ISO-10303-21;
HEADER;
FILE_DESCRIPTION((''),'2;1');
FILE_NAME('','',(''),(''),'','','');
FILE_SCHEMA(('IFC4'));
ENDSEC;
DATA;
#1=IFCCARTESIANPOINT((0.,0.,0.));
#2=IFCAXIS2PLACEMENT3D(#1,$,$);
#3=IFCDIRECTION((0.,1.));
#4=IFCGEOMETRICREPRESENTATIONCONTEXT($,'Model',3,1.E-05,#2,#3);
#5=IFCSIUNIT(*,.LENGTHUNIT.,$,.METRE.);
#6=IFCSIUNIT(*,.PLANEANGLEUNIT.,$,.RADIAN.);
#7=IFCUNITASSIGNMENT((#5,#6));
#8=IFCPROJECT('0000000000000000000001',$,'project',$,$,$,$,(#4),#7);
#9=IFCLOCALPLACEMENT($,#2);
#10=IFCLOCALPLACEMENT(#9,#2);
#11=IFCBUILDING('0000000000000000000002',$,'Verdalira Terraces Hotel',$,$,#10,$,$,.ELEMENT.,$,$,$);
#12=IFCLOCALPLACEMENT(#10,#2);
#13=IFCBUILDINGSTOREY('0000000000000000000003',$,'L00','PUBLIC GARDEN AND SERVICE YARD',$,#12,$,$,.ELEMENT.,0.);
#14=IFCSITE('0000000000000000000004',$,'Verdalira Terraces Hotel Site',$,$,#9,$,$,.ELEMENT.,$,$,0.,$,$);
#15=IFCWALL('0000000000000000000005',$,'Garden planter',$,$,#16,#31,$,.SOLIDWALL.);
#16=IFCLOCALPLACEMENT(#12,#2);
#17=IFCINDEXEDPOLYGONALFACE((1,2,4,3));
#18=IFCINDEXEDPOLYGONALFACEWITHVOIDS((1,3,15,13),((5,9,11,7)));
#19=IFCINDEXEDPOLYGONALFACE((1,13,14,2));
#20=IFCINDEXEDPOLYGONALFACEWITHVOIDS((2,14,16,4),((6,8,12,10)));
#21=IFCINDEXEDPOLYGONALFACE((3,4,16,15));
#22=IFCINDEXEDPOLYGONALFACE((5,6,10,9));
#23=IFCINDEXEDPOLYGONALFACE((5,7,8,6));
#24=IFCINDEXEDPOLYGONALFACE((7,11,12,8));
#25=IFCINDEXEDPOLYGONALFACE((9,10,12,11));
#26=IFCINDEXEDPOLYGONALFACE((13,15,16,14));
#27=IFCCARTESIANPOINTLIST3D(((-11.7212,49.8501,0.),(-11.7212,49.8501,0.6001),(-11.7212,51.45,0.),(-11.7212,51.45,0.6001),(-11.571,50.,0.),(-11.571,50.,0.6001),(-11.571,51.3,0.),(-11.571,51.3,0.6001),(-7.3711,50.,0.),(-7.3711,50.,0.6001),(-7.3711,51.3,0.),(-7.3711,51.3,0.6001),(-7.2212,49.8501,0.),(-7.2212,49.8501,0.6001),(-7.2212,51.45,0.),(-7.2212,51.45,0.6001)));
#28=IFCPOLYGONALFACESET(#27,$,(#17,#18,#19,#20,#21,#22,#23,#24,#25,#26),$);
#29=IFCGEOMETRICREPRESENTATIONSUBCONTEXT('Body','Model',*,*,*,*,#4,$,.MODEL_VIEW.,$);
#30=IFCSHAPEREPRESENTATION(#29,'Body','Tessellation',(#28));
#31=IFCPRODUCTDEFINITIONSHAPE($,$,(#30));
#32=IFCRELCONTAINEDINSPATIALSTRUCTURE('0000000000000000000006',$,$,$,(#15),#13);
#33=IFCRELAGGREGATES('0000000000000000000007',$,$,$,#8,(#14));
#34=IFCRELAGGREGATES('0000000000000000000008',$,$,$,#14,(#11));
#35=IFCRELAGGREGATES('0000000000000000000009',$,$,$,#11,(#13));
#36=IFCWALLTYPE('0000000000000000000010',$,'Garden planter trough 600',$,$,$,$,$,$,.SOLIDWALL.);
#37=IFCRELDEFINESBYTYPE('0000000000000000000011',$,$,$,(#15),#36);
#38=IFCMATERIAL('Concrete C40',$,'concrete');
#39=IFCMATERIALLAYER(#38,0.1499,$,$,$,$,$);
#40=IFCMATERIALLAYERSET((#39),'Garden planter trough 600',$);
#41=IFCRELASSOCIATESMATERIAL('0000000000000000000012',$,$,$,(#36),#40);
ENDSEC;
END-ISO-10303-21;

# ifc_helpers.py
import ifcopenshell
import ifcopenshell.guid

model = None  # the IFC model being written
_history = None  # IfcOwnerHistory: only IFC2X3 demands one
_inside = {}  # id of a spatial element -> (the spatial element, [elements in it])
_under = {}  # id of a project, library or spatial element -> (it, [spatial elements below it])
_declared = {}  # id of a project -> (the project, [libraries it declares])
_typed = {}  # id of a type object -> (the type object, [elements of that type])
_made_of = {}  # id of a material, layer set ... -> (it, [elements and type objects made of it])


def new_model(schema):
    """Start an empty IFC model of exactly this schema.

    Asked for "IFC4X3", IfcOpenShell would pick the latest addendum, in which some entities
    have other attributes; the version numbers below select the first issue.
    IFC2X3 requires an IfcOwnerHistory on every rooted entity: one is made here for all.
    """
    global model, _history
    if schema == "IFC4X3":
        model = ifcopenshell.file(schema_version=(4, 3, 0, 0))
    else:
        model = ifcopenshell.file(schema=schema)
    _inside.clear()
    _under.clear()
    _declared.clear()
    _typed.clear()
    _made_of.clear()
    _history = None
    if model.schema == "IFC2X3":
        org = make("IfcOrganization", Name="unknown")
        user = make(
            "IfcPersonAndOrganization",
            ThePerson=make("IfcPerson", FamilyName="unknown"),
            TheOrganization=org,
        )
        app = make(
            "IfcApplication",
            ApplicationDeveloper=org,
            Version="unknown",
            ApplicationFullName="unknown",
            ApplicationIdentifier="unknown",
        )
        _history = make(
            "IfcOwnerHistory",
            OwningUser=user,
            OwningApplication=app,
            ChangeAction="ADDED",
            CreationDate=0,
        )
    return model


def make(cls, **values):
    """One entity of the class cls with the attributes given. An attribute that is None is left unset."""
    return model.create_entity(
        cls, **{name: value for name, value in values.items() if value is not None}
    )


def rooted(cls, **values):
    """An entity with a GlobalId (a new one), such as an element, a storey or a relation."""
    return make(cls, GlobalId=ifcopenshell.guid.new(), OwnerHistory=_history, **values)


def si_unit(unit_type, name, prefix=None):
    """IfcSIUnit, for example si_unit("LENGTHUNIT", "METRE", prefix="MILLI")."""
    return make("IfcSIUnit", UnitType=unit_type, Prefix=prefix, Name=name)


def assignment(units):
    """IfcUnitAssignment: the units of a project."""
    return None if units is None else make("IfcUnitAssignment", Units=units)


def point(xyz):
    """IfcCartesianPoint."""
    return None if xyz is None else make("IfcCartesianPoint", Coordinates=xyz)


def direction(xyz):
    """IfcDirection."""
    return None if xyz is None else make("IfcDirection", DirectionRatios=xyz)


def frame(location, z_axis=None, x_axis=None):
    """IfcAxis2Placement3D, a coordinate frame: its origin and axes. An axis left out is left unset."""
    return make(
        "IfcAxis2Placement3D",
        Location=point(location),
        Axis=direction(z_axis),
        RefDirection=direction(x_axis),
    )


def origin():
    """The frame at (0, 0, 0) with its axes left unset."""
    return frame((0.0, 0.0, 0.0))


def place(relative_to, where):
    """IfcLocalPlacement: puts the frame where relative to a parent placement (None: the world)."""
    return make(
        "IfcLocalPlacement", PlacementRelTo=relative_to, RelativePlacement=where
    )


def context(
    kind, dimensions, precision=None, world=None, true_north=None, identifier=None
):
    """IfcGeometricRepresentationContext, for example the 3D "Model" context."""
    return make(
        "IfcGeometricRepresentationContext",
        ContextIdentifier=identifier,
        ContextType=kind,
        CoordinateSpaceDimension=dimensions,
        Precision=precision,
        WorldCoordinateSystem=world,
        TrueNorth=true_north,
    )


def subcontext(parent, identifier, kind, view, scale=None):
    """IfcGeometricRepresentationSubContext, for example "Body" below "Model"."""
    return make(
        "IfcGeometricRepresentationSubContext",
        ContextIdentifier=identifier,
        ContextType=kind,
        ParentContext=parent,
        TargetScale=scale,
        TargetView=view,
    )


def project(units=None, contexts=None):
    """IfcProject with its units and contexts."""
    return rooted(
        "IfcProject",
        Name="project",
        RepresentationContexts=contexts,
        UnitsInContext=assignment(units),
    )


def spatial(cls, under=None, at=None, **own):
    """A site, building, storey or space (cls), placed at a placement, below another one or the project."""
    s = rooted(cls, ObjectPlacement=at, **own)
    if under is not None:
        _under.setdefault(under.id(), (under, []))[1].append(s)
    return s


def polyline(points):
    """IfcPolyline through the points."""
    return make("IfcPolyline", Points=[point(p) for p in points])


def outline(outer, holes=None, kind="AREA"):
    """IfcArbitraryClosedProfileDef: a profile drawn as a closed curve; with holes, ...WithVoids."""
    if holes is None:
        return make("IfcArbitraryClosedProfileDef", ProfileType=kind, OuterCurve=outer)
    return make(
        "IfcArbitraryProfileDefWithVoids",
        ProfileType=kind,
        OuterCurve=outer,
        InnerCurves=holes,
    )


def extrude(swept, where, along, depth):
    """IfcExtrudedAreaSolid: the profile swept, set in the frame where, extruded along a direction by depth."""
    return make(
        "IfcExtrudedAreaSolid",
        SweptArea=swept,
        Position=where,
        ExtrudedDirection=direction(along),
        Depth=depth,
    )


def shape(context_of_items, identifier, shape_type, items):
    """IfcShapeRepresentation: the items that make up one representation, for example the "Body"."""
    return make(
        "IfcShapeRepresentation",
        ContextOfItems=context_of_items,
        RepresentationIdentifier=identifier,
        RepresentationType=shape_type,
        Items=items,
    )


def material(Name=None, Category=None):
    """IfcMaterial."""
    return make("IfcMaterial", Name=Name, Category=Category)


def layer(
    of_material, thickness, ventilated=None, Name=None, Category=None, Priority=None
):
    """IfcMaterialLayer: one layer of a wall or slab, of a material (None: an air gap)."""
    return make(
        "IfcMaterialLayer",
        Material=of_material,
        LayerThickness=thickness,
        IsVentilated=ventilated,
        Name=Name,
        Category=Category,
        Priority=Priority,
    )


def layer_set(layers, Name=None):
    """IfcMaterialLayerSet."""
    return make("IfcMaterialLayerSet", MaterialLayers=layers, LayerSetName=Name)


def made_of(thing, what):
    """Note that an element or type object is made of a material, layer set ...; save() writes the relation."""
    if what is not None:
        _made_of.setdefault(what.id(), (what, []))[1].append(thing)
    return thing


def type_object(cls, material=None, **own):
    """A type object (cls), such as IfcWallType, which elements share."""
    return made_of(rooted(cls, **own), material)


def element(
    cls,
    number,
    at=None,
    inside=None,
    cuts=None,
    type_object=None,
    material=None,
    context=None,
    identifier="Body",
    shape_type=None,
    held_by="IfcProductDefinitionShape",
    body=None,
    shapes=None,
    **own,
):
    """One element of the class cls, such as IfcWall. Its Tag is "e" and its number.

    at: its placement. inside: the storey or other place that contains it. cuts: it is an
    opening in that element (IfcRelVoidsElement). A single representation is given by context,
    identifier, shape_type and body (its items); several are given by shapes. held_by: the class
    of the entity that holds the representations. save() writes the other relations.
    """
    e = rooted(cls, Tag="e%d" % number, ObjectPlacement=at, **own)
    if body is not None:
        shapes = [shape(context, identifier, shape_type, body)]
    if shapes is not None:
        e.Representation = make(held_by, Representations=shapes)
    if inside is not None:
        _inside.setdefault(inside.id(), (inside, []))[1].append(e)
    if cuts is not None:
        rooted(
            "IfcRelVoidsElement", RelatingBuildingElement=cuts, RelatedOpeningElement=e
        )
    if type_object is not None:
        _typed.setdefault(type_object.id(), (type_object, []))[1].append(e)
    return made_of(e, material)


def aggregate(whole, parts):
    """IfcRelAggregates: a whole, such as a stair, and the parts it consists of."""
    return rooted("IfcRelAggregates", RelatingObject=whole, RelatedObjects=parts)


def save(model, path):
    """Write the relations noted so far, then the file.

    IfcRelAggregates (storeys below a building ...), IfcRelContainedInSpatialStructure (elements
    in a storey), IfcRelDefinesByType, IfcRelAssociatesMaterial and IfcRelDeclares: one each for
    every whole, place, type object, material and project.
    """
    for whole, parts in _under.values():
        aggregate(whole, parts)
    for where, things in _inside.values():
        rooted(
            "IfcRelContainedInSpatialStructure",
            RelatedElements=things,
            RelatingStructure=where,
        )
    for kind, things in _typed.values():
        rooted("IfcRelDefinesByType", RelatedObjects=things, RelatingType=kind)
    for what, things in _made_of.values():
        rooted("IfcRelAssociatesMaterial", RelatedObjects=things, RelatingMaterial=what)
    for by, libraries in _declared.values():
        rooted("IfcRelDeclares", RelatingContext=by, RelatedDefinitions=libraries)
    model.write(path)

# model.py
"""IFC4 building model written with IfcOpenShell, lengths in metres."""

from ifc_helpers import new_model, si_unit, direction, origin, place, context, subcontext, project, spatial, polyline, outline, extrude, material, layer, layer_set, type_object, element, save


model = new_model("IFC4")

# Units and contexts
model_context = context("Model", 3, precision=1e-05, world=origin(), true_north=direction((0.0, 1.0)))
body_context = subcontext(model_context, "Body", "Model", "MODEL_VIEW")
ifc_project = project(units=[si_unit("LENGTHUNIT", "METRE"), si_unit("PLANEANGLEUNIT", "RADIAN")], contexts=[model_context])

# Site, building, storey
site_placement = place(None, origin())
site = spatial("IfcSite", under=ifc_project, at=site_placement, Name="Verdalira Terraces Hotel Site", CompositionType="ELEMENT", RefElevation=0.0)
building_placement = place(site_placement, origin())
building = spatial("IfcBuilding", under=site, at=building_placement, Name="Verdalira Terraces Hotel", CompositionType="ELEMENT")
storey_placement = place(building_placement, origin())
storey = spatial("IfcBuildingStorey", under=building, at=storey_placement, Name="L00", Description="PUBLIC GARDEN AND SERVICE YARD", CompositionType="ELEMENT", Elevation=0.0)

# Wall
ifc_material_1 = material(Name="Concrete C40", Category="concrete")
ifc_layer_1 = layer(ifc_material_1, 0.1499)
ifc_layer_set_1 = layer_set([ifc_layer_1], Name="Garden planter trough 600")
wall_type_1 = type_object("IfcWallType", Name="Garden planter trough 600", PredefinedType="SOLIDWALL", material=ifc_layer_set_1)
wall_1_placement = place(storey_placement, origin())
element("IfcWall", 1, at=wall_1_placement, inside=storey, type_object=wall_type_1, Name="Garden planter", PredefinedType="SOLIDWALL", context=body_context, shape_type="SweptSolid", body=[
    extrude(outline(polyline([(-11.7212, 49.8501), (-7.2212, 49.8501), (-7.2212, 51.45), (-11.7212, 51.45), (-11.7212, 49.8501)]), holes=[polyline([(-11.571, 50.0), (-11.571, 51.3), (-7.3711, 51.3), (-7.3711, 50.0), (-11.571, 50.0)])]), origin(), (0.0, 0.0, 1.0), 0.6001),
])

save(model, "model.ifc")
